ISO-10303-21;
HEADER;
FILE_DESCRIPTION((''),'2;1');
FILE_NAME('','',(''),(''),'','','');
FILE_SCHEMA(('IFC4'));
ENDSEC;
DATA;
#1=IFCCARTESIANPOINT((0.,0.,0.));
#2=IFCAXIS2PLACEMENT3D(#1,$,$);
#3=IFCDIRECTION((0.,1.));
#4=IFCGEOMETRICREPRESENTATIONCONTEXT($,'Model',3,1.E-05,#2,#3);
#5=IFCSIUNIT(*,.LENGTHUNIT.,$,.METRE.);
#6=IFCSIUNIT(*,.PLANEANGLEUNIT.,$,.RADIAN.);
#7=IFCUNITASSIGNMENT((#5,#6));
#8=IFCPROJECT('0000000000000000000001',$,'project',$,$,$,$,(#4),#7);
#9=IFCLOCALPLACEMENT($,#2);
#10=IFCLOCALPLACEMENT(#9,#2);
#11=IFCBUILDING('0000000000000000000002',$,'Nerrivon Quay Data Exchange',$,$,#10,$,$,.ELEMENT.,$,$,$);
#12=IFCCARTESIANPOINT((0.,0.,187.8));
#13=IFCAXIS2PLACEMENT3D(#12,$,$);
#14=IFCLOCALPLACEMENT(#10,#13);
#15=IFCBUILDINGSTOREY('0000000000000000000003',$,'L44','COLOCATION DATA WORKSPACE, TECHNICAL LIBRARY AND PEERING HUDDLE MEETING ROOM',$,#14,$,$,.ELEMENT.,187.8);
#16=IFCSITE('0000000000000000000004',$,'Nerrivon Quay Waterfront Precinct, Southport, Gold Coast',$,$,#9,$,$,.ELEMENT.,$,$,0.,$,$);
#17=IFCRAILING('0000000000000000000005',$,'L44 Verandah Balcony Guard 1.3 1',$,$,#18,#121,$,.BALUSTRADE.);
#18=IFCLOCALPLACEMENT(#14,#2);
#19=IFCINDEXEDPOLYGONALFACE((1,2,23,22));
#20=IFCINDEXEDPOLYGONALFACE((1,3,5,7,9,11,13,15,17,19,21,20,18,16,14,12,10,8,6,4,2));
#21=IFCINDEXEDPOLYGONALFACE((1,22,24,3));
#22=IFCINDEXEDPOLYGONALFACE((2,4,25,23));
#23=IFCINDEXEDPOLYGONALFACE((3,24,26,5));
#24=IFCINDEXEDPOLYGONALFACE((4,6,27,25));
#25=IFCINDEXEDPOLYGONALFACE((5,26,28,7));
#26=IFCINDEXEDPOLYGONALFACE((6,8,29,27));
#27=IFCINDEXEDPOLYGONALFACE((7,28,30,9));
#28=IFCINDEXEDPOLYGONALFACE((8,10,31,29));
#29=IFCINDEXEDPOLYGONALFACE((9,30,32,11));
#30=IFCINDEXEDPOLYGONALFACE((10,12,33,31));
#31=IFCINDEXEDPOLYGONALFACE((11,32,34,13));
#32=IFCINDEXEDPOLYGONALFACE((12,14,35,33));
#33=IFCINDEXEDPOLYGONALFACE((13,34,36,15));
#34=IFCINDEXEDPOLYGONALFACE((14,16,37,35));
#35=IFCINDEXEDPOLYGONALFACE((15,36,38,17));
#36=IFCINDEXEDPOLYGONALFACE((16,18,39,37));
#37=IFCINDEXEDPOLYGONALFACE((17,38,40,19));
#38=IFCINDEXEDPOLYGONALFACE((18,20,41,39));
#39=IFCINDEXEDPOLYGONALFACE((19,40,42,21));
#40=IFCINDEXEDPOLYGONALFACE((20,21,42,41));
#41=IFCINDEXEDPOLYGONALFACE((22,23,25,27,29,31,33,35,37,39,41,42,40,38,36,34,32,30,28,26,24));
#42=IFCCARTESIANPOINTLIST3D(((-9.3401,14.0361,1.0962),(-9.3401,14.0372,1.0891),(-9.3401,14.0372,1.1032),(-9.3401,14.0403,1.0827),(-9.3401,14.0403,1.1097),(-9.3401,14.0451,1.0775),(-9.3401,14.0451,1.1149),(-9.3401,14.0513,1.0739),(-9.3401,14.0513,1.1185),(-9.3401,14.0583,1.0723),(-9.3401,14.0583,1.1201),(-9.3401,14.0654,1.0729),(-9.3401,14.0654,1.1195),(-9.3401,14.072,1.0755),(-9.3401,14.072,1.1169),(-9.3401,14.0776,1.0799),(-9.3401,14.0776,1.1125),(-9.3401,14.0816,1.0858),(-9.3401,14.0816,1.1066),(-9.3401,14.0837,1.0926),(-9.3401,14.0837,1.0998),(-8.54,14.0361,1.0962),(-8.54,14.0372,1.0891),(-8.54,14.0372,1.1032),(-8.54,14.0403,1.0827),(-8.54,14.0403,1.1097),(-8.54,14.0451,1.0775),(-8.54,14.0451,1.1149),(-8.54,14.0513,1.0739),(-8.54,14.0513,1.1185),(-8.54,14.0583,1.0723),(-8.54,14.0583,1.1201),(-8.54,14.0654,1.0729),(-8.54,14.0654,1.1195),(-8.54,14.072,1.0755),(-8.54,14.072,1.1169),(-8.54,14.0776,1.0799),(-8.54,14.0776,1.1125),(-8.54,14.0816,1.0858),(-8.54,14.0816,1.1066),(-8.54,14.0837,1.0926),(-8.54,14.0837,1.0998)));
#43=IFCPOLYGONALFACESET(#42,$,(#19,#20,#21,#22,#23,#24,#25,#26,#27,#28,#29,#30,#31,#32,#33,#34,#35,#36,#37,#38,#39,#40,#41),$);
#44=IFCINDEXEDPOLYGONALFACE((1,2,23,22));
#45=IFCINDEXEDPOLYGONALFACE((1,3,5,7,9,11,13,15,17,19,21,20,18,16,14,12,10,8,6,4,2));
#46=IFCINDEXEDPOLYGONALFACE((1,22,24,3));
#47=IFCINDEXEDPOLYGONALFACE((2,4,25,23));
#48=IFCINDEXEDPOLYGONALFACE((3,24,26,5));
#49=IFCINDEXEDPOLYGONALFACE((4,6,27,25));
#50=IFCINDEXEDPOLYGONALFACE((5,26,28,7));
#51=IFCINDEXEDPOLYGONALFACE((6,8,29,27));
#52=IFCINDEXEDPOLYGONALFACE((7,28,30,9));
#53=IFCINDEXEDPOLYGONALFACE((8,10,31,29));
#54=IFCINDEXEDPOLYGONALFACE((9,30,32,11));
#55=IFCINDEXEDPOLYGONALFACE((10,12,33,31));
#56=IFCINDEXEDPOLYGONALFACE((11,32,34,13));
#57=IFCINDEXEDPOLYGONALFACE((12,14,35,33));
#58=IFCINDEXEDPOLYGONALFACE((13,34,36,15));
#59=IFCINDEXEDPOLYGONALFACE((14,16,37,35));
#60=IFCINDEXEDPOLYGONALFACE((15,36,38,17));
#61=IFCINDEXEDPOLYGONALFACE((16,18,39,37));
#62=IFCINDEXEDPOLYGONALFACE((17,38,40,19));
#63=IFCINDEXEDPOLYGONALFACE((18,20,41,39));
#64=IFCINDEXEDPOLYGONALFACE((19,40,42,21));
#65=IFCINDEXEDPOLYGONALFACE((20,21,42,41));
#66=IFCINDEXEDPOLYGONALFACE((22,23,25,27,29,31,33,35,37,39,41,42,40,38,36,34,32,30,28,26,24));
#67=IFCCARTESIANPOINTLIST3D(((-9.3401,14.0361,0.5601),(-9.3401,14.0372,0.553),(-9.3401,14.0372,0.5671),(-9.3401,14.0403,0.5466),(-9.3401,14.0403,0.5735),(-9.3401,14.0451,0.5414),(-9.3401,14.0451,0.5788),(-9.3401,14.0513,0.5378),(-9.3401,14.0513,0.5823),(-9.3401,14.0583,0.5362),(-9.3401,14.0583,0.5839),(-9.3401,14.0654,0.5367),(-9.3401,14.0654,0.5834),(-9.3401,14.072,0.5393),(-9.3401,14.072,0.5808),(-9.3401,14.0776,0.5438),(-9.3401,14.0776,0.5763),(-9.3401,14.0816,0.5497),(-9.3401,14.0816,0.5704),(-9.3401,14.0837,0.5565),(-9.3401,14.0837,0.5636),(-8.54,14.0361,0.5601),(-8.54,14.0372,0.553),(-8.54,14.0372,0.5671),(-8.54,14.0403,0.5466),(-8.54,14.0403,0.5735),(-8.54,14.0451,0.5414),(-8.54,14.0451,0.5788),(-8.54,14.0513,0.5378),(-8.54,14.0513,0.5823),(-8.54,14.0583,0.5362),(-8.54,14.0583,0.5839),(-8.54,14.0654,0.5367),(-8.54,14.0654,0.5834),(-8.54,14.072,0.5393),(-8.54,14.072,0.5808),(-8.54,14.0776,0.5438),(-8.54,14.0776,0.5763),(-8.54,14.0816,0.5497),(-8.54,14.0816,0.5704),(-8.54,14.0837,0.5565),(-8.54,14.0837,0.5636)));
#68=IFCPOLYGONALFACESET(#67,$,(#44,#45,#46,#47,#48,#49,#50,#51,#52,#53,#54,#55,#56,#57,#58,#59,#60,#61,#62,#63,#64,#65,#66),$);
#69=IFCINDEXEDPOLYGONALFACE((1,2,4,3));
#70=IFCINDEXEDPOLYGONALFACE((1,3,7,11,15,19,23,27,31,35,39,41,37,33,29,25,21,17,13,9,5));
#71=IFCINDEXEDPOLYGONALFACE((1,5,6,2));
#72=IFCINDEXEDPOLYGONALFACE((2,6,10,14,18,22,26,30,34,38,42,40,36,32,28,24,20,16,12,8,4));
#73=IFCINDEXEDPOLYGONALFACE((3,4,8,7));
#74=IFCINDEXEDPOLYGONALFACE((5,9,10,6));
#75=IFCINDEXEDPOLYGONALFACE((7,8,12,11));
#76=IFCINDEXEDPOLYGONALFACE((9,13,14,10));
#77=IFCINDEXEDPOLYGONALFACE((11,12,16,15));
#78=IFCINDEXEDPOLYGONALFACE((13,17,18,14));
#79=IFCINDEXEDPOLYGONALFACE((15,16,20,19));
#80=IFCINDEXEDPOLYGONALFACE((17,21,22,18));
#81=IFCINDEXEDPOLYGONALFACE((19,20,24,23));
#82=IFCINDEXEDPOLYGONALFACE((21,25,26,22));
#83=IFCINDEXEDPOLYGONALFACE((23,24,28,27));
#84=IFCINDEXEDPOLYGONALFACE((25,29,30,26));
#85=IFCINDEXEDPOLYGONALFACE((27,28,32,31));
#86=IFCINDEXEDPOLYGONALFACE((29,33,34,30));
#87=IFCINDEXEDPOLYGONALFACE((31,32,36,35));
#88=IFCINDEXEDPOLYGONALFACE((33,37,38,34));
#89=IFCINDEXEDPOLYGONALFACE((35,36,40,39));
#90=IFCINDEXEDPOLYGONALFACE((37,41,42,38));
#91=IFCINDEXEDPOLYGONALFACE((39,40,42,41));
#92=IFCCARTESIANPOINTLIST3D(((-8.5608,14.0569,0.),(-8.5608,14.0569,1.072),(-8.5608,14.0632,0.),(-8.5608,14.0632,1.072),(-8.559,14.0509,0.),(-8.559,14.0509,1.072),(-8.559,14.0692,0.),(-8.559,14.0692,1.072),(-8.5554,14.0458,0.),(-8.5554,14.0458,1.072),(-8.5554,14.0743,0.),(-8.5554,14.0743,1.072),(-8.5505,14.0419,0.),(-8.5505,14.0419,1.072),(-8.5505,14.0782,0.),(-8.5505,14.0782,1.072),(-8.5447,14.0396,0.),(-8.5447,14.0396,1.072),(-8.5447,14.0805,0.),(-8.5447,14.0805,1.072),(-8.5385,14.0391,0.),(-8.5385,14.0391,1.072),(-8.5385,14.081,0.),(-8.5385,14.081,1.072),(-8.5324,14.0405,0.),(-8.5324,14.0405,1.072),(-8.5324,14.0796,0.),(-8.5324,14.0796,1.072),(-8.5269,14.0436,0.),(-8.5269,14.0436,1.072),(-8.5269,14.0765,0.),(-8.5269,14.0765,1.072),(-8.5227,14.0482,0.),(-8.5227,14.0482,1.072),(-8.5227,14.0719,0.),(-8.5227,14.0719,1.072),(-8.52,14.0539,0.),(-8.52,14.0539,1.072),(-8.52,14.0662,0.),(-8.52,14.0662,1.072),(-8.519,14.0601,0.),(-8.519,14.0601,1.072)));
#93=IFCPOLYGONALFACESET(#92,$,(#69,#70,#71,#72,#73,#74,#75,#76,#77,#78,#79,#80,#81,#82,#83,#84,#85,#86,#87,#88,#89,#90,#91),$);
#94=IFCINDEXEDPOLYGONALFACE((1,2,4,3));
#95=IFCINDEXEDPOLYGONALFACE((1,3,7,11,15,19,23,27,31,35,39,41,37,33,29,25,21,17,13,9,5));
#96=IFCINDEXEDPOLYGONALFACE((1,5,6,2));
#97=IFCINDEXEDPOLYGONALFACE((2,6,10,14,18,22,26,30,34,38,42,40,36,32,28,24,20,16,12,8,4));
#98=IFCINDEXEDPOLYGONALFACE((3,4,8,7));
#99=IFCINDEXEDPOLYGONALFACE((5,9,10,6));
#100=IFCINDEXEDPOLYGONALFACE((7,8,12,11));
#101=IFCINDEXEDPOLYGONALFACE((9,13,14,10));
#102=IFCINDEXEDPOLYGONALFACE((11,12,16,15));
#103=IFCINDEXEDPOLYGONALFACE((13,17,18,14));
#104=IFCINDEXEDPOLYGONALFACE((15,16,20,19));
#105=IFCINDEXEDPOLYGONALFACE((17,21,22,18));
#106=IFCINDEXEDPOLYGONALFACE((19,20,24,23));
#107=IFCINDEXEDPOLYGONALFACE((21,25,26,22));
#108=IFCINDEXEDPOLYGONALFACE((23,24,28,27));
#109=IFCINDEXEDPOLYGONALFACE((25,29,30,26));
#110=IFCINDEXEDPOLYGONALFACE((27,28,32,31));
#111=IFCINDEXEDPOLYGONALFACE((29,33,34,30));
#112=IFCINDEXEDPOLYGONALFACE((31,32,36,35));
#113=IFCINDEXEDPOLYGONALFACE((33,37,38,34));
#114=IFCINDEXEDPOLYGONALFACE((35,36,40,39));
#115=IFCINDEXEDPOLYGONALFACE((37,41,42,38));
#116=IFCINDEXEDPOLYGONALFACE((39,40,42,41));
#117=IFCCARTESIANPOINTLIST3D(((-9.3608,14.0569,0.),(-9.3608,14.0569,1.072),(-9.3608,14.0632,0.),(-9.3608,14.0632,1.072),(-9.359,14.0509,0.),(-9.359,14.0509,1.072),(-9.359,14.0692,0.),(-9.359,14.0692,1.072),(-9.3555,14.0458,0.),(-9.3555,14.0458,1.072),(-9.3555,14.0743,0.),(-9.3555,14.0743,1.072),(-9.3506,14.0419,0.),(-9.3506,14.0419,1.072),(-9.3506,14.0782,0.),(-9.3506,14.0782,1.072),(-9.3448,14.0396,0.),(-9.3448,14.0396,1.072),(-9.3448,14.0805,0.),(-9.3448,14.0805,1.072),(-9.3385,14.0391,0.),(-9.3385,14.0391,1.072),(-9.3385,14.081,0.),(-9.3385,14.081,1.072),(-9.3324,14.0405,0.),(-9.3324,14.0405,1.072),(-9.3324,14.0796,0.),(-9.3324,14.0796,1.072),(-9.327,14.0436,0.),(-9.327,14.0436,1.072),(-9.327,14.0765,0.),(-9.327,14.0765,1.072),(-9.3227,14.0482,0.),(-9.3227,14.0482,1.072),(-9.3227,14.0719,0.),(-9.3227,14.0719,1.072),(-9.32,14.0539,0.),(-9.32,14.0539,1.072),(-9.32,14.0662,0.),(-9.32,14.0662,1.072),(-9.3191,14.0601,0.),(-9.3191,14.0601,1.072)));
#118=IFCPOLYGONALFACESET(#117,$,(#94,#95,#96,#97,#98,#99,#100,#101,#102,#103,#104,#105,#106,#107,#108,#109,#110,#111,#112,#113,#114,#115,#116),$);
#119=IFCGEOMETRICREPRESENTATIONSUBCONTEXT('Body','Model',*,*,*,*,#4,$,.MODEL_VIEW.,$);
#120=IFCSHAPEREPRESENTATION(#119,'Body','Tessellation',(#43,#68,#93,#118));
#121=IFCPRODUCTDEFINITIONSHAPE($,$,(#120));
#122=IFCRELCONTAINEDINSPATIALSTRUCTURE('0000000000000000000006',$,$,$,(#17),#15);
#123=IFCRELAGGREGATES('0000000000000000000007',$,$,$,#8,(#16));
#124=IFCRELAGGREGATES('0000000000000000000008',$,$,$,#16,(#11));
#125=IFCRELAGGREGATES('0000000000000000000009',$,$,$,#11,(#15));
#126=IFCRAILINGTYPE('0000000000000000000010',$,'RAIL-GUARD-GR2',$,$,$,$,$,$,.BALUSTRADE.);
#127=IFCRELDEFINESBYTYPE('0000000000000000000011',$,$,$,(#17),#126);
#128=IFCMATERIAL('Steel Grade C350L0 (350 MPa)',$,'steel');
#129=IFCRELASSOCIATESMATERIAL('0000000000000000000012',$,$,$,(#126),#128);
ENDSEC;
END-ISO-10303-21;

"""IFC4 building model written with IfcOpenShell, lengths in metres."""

from ifc_helpers import new_model, si_unit, direction, frame, origin, origin_2d, place, context, subcontext, project, spatial, circle, extrude, material, type_object, element, save


model = new_model("IFC4")

# Units and contexts
model_context = context("Model", 3, precision=1e-05, world=origin(), true_north=direction((0.0, 1.0)))
body_context = subcontext(model_context, "Body", "Model", "MODEL_VIEW")
ifc_project = project(units=[si_unit("LENGTHUNIT", "METRE"), si_unit("PLANEANGLEUNIT", "RADIAN")], contexts=[model_context])

# Site, building, storey
site_placement = place(None, origin())
site = spatial("IfcSite", under=ifc_project, at=site_placement, Name="Nerrivon Quay Waterfront Precinct, Southport, Gold Coast", CompositionType="ELEMENT", RefElevation=0.0)
building_placement = place(site_placement, origin())
building = spatial("IfcBuilding", under=site, at=building_placement, Name="Nerrivon Quay Data Exchange", CompositionType="ELEMENT")
storey_placement = place(building_placement, frame((0.0, 0.0, 187.8)))
storey = spatial("IfcBuildingStorey", under=building, at=storey_placement, Name="L44", Description="COLOCATION DATA WORKSPACE, TECHNICAL LIBRARY AND PEERING HUDDLE MEETING ROOM", CompositionType="ELEMENT", Elevation=187.8)

# Railing
ifc_material_1 = material(Name="Steel Grade C350L0 (350 MPa)", Category="steel")
railing_type = type_object("IfcRailingType", Name="RAIL-GUARD-GR2", PredefinedType="BALUSTRADE", material=ifc_material_1)
railing_1_placement = place(storey_placement, frame((-8.54, 14.0601, 0.0)))
element("IfcRailing", 1, at=railing_1_placement, inside=storey, type_object=railing_type, Name="L44 Verandah Balcony Guard 1.3 1", PredefinedType="BALUSTRADE", context=body_context, shape_type="SweptSolid", body=[
    extrude(circle(Radius=0.0239, at=origin_2d()), frame((0.0, 0.0, 1.0962), z_axis=(-1.0, 0.0, 0.0), x_axis=(0.0, -1.0, 0.0)), (0.0, 0.0, 1.0), 0.8),
    extrude(circle(Radius=0.0239, at=origin_2d()), frame((0.0, 0.0, 0.5601), z_axis=(-1.0, 0.0, 0.0), x_axis=(0.0, -1.0, 0.0)), (0.0, 0.0, 1.0), 0.8),
    extrude(circle(Radius=0.021, at=origin_2d()), origin(), (0.0, 0.0, 1.0), 1.072),
    extrude(circle(Radius=0.021, at=origin_2d()), frame((-0.8, 0.0, 0.0)), (0.0, 0.0, 1.0), 1.072),
])

save(model, "model.ifc")
